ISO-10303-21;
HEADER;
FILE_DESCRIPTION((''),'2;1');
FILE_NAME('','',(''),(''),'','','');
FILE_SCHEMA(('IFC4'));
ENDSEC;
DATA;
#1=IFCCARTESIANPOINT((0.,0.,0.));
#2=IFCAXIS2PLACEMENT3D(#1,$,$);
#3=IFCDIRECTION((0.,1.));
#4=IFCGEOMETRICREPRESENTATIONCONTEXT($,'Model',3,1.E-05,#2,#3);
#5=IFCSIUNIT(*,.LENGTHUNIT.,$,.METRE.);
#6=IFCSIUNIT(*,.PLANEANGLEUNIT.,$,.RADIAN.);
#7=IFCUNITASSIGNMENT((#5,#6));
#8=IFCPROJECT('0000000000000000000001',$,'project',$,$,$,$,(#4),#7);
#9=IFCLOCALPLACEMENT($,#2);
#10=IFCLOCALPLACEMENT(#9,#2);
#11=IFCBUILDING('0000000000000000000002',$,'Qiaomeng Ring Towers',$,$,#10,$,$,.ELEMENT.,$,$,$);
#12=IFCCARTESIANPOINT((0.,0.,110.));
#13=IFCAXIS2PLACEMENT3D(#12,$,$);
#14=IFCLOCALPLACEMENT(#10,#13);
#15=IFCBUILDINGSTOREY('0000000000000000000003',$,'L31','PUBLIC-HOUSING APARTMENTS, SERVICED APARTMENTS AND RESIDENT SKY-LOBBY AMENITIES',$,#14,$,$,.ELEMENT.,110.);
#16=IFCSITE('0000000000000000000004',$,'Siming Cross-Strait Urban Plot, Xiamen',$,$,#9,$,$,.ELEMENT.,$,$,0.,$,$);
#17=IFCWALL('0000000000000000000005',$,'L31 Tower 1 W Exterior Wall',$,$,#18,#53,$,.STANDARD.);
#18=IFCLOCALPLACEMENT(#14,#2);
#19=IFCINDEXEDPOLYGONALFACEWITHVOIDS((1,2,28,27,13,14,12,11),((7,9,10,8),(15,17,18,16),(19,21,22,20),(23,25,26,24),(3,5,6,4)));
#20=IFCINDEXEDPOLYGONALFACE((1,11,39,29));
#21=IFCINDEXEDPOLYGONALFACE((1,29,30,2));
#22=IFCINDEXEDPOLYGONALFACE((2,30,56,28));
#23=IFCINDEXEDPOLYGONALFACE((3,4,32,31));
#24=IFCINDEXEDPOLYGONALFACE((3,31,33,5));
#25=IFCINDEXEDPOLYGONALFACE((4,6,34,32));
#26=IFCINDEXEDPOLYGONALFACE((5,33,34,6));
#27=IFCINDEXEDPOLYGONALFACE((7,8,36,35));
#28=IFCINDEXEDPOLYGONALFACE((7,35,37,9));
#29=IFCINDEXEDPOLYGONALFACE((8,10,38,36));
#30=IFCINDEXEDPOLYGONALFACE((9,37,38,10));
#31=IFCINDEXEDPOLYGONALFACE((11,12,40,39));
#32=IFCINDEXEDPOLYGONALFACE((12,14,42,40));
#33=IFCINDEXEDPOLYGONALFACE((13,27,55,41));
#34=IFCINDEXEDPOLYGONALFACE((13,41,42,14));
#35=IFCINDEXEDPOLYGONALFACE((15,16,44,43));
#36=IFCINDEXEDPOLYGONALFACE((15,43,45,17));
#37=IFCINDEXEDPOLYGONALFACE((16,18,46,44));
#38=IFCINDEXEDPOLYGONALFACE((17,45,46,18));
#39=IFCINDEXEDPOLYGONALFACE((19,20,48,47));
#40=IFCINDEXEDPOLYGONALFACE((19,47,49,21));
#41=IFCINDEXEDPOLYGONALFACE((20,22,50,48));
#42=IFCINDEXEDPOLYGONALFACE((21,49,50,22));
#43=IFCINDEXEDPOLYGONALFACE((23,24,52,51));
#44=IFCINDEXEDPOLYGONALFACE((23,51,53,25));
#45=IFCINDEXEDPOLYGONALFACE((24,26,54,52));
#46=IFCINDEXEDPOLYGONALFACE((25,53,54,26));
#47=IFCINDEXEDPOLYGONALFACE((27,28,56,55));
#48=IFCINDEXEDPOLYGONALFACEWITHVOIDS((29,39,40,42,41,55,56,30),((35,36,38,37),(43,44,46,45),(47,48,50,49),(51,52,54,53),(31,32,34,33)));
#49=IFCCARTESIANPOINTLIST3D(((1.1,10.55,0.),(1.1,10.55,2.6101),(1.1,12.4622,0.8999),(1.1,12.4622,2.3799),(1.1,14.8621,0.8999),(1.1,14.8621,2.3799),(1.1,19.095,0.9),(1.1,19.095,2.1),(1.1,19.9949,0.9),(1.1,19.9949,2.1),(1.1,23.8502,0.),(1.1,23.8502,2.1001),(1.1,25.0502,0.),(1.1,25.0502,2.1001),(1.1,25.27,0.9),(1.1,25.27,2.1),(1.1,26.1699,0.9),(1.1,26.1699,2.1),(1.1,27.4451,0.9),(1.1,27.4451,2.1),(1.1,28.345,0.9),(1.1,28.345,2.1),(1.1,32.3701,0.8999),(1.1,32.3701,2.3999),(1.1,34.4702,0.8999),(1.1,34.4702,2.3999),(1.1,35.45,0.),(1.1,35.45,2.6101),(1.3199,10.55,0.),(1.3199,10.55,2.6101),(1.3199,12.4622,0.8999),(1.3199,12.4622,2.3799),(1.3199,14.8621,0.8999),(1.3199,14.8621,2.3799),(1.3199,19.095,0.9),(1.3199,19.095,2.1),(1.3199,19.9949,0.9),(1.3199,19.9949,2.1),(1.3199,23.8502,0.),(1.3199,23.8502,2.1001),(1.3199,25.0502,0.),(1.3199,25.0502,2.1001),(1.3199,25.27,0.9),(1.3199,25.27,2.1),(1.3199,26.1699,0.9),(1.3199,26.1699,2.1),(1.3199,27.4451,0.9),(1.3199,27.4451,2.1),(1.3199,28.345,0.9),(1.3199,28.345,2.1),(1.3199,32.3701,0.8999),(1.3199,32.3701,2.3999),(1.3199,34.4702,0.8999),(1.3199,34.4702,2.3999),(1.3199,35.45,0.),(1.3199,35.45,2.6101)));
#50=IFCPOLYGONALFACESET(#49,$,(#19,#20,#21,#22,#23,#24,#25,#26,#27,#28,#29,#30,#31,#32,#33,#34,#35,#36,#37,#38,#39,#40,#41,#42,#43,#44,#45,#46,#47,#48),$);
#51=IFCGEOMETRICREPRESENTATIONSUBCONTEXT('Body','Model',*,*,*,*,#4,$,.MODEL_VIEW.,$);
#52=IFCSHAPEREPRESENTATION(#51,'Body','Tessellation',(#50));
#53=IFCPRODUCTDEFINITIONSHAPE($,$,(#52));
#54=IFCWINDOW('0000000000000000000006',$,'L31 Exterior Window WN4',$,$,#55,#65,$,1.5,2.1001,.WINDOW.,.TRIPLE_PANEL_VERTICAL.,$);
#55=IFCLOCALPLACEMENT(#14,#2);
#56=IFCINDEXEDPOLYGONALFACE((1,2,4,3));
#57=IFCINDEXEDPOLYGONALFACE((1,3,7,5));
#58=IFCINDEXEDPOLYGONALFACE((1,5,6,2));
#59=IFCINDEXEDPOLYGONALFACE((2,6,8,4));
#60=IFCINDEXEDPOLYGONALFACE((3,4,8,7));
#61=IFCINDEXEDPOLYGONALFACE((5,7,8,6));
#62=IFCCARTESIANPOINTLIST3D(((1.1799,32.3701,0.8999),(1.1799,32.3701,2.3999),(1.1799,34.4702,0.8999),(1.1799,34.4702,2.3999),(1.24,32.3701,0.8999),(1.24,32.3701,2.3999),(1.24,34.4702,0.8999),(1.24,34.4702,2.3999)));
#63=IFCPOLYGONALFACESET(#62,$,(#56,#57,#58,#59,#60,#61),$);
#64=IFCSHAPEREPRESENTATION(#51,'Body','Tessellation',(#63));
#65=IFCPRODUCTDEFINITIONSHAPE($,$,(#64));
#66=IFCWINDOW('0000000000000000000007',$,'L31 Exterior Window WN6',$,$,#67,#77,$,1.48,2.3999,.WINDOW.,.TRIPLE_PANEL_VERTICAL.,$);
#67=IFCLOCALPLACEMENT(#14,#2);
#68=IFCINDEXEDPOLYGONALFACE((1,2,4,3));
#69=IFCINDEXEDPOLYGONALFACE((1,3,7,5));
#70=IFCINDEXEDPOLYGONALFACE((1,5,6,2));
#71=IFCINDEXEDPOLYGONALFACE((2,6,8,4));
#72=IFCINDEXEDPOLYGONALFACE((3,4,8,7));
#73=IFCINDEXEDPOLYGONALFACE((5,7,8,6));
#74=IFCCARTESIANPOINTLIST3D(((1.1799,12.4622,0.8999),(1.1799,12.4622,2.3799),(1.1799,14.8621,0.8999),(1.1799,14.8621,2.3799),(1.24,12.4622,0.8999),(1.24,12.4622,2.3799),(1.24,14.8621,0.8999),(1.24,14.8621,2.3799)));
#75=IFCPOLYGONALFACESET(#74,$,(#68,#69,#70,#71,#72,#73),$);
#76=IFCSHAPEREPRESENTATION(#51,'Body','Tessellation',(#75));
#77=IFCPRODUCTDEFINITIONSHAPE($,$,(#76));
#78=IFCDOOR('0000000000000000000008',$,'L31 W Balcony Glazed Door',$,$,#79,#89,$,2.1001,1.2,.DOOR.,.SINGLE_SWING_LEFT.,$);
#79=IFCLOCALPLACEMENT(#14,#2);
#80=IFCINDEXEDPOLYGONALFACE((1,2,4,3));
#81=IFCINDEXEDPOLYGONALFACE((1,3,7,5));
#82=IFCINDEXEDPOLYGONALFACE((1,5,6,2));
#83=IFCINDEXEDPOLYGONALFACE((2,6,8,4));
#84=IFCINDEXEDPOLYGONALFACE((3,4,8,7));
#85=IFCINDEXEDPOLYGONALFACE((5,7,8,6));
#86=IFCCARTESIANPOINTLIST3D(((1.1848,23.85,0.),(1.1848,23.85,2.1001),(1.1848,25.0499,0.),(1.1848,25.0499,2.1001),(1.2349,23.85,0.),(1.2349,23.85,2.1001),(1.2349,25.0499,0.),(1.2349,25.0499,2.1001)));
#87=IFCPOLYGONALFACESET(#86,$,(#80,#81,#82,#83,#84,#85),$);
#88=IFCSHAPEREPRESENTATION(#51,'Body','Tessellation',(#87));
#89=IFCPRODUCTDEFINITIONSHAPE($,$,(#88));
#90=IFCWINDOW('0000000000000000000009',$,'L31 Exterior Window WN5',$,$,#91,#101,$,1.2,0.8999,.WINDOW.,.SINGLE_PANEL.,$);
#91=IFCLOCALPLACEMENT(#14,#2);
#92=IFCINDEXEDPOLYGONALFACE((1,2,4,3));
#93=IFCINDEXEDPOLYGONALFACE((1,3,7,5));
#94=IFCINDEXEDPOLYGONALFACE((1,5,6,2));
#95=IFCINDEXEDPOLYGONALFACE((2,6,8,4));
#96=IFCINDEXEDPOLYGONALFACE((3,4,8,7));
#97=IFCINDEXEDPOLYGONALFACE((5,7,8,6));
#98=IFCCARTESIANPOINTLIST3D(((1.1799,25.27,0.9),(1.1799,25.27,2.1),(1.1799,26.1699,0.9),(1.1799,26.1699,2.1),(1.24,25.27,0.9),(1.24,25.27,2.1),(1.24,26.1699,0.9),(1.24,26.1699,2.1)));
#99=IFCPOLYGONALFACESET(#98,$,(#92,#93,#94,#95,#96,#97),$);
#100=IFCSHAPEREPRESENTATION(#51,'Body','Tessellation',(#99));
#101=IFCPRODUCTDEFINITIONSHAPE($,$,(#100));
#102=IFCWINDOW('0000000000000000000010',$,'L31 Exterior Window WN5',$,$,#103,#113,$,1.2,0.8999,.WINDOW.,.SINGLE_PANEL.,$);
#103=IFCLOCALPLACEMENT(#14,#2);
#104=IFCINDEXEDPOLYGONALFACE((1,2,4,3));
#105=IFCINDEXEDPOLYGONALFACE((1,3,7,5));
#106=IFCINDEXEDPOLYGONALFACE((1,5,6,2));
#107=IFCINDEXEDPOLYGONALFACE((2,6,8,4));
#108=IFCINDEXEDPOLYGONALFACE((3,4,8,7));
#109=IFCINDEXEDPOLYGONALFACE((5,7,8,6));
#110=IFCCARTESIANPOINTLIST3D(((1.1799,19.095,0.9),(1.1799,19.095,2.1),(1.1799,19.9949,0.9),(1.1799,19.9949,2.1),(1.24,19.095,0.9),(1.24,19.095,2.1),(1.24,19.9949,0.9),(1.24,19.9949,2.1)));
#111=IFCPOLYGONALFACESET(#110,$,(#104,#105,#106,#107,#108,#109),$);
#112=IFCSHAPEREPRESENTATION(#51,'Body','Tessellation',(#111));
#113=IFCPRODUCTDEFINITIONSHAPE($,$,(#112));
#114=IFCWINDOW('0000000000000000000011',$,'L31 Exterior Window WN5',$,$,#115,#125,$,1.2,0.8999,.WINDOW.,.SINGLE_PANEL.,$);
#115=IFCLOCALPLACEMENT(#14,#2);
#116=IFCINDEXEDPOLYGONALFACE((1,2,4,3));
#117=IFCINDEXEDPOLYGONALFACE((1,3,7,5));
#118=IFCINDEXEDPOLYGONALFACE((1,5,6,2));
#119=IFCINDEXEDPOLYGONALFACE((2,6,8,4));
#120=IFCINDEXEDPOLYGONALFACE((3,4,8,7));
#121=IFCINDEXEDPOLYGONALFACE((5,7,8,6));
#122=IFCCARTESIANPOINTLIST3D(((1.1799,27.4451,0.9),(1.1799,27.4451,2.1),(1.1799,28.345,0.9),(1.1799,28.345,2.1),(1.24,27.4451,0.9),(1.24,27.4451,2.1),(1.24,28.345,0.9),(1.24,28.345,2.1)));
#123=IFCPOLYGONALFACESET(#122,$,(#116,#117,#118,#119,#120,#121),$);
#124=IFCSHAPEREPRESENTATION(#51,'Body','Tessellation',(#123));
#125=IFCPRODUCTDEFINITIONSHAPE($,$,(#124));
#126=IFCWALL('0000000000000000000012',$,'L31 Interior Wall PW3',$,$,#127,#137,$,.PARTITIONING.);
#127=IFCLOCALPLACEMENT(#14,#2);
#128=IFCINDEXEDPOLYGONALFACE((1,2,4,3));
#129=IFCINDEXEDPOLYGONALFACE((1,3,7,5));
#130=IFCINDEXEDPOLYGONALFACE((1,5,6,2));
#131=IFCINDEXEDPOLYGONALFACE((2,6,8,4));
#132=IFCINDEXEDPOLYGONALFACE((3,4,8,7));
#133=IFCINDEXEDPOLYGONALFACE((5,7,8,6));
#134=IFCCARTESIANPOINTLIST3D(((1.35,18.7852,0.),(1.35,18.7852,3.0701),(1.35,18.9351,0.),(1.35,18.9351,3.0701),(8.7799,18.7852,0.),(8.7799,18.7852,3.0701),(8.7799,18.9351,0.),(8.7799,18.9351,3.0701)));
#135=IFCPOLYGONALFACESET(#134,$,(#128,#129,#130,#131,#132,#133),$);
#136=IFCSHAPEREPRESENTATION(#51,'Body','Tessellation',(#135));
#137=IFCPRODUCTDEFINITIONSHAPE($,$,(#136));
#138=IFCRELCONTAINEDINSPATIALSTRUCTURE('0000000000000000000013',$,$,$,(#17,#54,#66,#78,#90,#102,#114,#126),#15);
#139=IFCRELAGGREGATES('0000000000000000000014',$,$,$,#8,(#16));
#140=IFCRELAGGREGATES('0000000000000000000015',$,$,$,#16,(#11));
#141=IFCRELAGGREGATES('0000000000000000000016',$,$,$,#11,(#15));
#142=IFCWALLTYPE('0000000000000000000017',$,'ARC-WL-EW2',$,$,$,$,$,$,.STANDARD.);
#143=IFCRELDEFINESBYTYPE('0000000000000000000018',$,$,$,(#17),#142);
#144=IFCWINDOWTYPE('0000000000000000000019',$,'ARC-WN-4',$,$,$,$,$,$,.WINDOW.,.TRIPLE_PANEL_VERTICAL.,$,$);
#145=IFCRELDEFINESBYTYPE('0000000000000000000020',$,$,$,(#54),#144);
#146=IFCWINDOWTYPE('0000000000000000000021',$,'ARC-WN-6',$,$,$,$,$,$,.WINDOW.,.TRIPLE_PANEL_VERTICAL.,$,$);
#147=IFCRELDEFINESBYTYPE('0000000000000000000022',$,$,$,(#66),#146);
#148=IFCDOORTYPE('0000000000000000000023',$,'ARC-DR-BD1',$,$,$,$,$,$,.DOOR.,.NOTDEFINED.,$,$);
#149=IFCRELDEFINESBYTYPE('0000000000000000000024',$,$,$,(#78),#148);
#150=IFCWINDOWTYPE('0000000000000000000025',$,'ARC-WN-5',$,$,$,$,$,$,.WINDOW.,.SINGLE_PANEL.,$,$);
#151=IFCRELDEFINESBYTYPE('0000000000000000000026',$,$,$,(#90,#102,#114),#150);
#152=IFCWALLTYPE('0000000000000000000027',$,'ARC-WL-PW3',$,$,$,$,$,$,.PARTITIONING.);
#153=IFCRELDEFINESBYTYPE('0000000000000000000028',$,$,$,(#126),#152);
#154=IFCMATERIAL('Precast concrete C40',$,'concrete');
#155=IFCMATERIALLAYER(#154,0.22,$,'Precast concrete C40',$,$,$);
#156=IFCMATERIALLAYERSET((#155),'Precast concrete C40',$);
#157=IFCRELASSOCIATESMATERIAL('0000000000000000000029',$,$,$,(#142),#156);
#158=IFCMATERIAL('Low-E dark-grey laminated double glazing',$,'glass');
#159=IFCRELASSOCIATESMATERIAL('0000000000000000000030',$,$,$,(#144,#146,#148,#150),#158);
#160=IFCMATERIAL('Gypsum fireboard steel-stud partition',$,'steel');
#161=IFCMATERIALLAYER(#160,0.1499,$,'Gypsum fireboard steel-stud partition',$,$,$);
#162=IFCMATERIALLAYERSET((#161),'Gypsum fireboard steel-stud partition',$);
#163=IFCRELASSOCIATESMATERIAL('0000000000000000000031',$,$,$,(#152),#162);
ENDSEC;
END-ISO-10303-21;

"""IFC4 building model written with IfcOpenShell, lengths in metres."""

from ifc_helpers import new_model, si_unit, direction, frame, frame_2d, origin, place, context, subcontext, project, spatial, rectangle, extrude, source, transform, mapped, material, layer, layer_set, type_object, element, fill, save


model = new_model("IFC4")

# Units and contexts
model_context = context("Model", 3, precision=1e-05, world=origin(), true_north=direction((0.0, 1.0)))
body_context = subcontext(model_context, "Body", "Model", "MODEL_VIEW")
ifc_project = project(units=[si_unit("LENGTHUNIT", "METRE"), si_unit("PLANEANGLEUNIT", "RADIAN")], contexts=[model_context])

# Site, building, storey
site_placement = place(None, origin())
site = spatial("IfcSite", under=ifc_project, at=site_placement, Name="Siming Cross-Strait Urban Plot, Xiamen", CompositionType="ELEMENT", RefElevation=0.0)
building_placement = place(site_placement, origin())
building = spatial("IfcBuilding", under=site, at=building_placement, Name="Qiaomeng Ring Towers", CompositionType="ELEMENT")
storey_placement = place(building_placement, frame((0.0, 0.0, 110.0)))
storey = spatial("IfcBuildingStorey", under=building, at=storey_placement, Name="L31", Description="PUBLIC-HOUSING APARTMENTS, SERVICED APARTMENTS AND RESIDENT SKY-LOBBY AMENITIES", CompositionType="ELEMENT", Elevation=110.0)

# Wall, openings, windows, door
ifc_material_1 = material(Name="Precast concrete C40", Category="concrete")
ifc_layer_1 = layer(ifc_material_1, 0.22, Name="Precast concrete C40")
ifc_layer_set_1 = layer_set([ifc_layer_1], Name="Precast concrete C40")
wall_type_1 = type_object("IfcWallType", Name="ARC-WL-EW2", PredefinedType="STANDARD", material=ifc_layer_set_1)
wall_1_placement = place(storey_placement, frame((1.21, 10.55, 0.0), z_axis=(0.0, 0.0, 1.0), x_axis=(0.0, 1.0, 0.0)))
wall_1 = element("IfcWall", 1, at=wall_1_placement, inside=storey, type_object=wall_type_1, Name="L31 Tower 1 W Exterior Wall", PredefinedType="STANDARD", context=body_context, shape_type="SweptSolid", body=[
    extrude(rectangle(XDim=24.8999, YDim=0.22, at=frame_2d((12.45, 0.0))), origin(), (0.0, 0.0, 1.0), 2.6101),
])
opening_1_placement = place(wall_1_placement, frame((13.3, 0.0, 0.0)))
opening_1 = element("IfcOpeningElement", 2, at=opening_1_placement, cuts=wall_1, PredefinedType="OPENING", context=body_context, shape_type="SweptSolid", body=[
    extrude(rectangle(XDim=1.2, YDim=2.1001, at=frame_2d((0.6001, 1.05))), frame((0.0, 0.1199, 0.0), z_axis=(0.0, -1.0, 0.0), x_axis=(1.0, 0.0, 0.0)), (0.0, 0.0, 1.0), 0.24),
])
opening_2_placement = place(wall_1_placement, frame((1.9121, 0.0, 0.8999)))
opening_2 = element("IfcOpeningElement", 3, at=opening_2_placement, cuts=wall_1, PredefinedType="OPENING", context=body_context, shape_type="SweptSolid", body=[
    extrude(rectangle(XDim=2.3999, YDim=1.48, at=frame_2d((1.2, 0.74))), frame((0.0, 0.1199, 0.0), z_axis=(0.0, -1.0, 0.0), x_axis=(1.0, 0.0, 0.0)), (0.0, 0.0, 1.0), 0.24),
])
opening_3_placement = place(wall_1_placement, frame((21.8201, 0.0, 0.8999)))
opening_3 = element("IfcOpeningElement", 4, at=opening_3_placement, cuts=wall_1, PredefinedType="OPENING", context=body_context, shape_type="SweptSolid", body=[
    extrude(rectangle(XDim=2.1001, YDim=1.5, at=frame_2d((1.05, 0.75))), frame((0.0, 0.1199, 0.0), z_axis=(0.0, -1.0, 0.0), x_axis=(1.0, 0.0, 0.0)), (0.0, 0.0, 1.0), 0.24),
])
opening_4_placement = place(wall_1_placement, frame((14.72, 0.0, 0.8999)))
opening_4 = element("IfcOpeningElement", 5, at=opening_4_placement, cuts=wall_1, PredefinedType="OPENING", context=body_context, shape_type="SweptSolid", body=[
    extrude(rectangle(XDim=0.8999, YDim=1.2, at=frame_2d((0.45, 0.6001))), frame((0.0, 0.1199, 0.0), z_axis=(0.0, -1.0, 0.0), x_axis=(1.0, 0.0, 0.0)), (0.0, 0.0, 1.0), 0.24),
])
opening_5_placement = place(wall_1_placement, frame((8.5449, 0.0, 0.8999)))
opening_5 = element("IfcOpeningElement", 6, at=opening_5_placement, cuts=wall_1, PredefinedType="OPENING", context=body_context, shape_type="SweptSolid", body=[
    extrude(rectangle(XDim=0.8999, YDim=1.2, at=frame_2d((0.45, 0.6001))), frame((0.0, 0.1199, 0.0), z_axis=(0.0, -1.0, 0.0), x_axis=(1.0, 0.0, 0.0)), (0.0, 0.0, 1.0), 0.24),
])
opening_6_placement = place(wall_1_placement, frame((16.895, 0.0, 0.8999)))
opening_6 = element("IfcOpeningElement", 7, at=opening_6_placement, cuts=wall_1, PredefinedType="OPENING", context=body_context, shape_type="SweptSolid", body=[
    extrude(rectangle(XDim=0.8999, YDim=1.2, at=frame_2d((0.45, 0.6001))), frame((0.0, 0.1199, 0.0), z_axis=(0.0, -1.0, 0.0), x_axis=(1.0, 0.0, 0.0)), (0.0, 0.0, 1.0), 0.24),
])
ifc_material_2 = material(Name="Low-E dark-grey laminated double glazing", Category="glass")
window_type_1 = type_object("IfcWindowType", Name="ARC-WN-4", PartitioningType="TRIPLE_PANEL_VERTICAL", PredefinedType="WINDOW", material=ifc_material_2)
shared_shape_1 = source(origin(), body_context, "Body", "SweptSolid", [
    extrude(rectangle(XDim=2.1001, YDim=1.5, at=frame_2d((1.05, 0.75))), frame((0.0, 0.03, 0.0), z_axis=(0.0, -1.0, 0.0), x_axis=(1.0, 0.0, 0.0)), (0.0, 0.0, 1.0), 0.0601),
])
window_1_placement = place(opening_3_placement, origin())
window_1 = element("IfcWindow", 8, at=window_1_placement, inside=storey, type_object=window_type_1, Name="L31 Exterior Window WN4", OverallHeight=1.5, OverallWidth=2.1001, PartitioningType="TRIPLE_PANEL_VERTICAL", PredefinedType="WINDOW", context=body_context, shape_type="MappedRepresentation", body=[
    mapped(shared_shape_1, transform((0.0, 0.0, 0.0), x_axis=(1.0, 0.0, 0.0), y_axis=(0.0, 1.0, 0.0), z_axis=(0.0, 0.0, 1.0), scale=1.0)),
])
fill(opening_3, window_1)
window_type_2 = type_object("IfcWindowType", Name="ARC-WN-6", PartitioningType="TRIPLE_PANEL_VERTICAL", PredefinedType="WINDOW", material=ifc_material_2)
shared_shape_2 = source(origin(), body_context, "Body", "SweptSolid", [
    extrude(rectangle(XDim=2.3999, YDim=1.48, at=frame_2d((1.2, 0.74))), frame((0.0, 0.03, 0.0), z_axis=(0.0, -1.0, 0.0), x_axis=(1.0, 0.0, 0.0)), (0.0, 0.0, 1.0), 0.0601),
])
window_2_placement = place(opening_2_placement, origin())
window_2 = element("IfcWindow", 9, at=window_2_placement, inside=storey, type_object=window_type_2, Name="L31 Exterior Window WN6", OverallHeight=1.48, OverallWidth=2.3999, PartitioningType="TRIPLE_PANEL_VERTICAL", PredefinedType="WINDOW", context=body_context, shape_type="MappedRepresentation", body=[
    mapped(shared_shape_2, transform((0.0, 0.0, 0.0), x_axis=(1.0, 0.0, 0.0), y_axis=(0.0, 1.0, 0.0), z_axis=(0.0, 0.0, 1.0), scale=1.0)),
])
fill(opening_2, window_2)
door_type = type_object("IfcDoorType", Name="ARC-DR-BD1", OperationType="NOTDEFINED", PredefinedType="DOOR", material=ifc_material_2)
shared_shape_3 = source(origin(), body_context, "Body", "SweptSolid", [
    extrude(rectangle(XDim=1.2, YDim=2.1001, at=frame_2d((0.6001, 1.05))), frame((0.0, 0.0249, 0.0), z_axis=(0.0, -1.0, 0.0), x_axis=(1.0, 0.0, 0.0)), (0.0, 0.0, 1.0), 0.05),
])
door_placement = place(opening_1_placement, frame((1.2, 0.0, 0.0), z_axis=(0.0, 0.0, 1.0), x_axis=(-1.0, 0.0, 0.0)))
door = element("IfcDoor", 10, at=door_placement, inside=storey, type_object=door_type, Name="L31 W Balcony Glazed Door", OperationType="SINGLE_SWING_LEFT", OverallHeight=2.1001, OverallWidth=1.2, PredefinedType="DOOR", context=body_context, shape_type="MappedRepresentation", body=[
    mapped(shared_shape_3, transform((0.0, 0.0, 0.0), x_axis=(1.0, 0.0, 0.0), y_axis=(0.0, 1.0, 0.0), z_axis=(0.0, 0.0, 1.0), scale=1.0)),
])
fill(opening_1, door)
window_type_3 = type_object("IfcWindowType", Name="ARC-WN-5", PartitioningType="SINGLE_PANEL", PredefinedType="WINDOW", material=ifc_material_2)
shared_shape_4 = source(origin(), body_context, "Body", "SweptSolid", [
    extrude(rectangle(XDim=0.8999, YDim=1.2, at=frame_2d((0.45, 0.6001))), frame((0.0, 0.03, 0.0), z_axis=(0.0, -1.0, 0.0), x_axis=(1.0, 0.0, 0.0)), (0.0, 0.0, 1.0), 0.0601),
])
window_3_placement = place(opening_4_placement, origin())
window_3 = element("IfcWindow", 11, at=window_3_placement, inside=storey, type_object=window_type_3, Name="L31 Exterior Window WN5", OverallHeight=1.2, OverallWidth=0.8999, PartitioningType="SINGLE_PANEL", PredefinedType="WINDOW", context=body_context, shape_type="MappedRepresentation", body=[
    mapped(shared_shape_4, transform((0.0, 0.0, 0.0), x_axis=(1.0, 0.0, 0.0), y_axis=(0.0, 1.0, 0.0), z_axis=(0.0, 0.0, 1.0), scale=1.0)),
])
fill(opening_4, window_3)
window_4_placement = place(opening_5_placement, origin())
window_4 = element("IfcWindow", 12, at=window_4_placement, inside=storey, type_object=window_type_3, Name="L31 Exterior Window WN5", OverallHeight=1.2, OverallWidth=0.8999, PartitioningType="SINGLE_PANEL", PredefinedType="WINDOW", context=body_context, shape_type="MappedRepresentation", body=[
    mapped(shared_shape_4, transform((0.0, 0.0, 0.0), x_axis=(1.0, 0.0, 0.0), y_axis=(0.0, 1.0, 0.0), z_axis=(0.0, 0.0, 1.0), scale=1.0)),
])
fill(opening_5, window_4)
window_5_placement = place(opening_6_placement, origin())
window_5 = element("IfcWindow", 13, at=window_5_placement, inside=storey, type_object=window_type_3, Name="L31 Exterior Window WN5", OverallHeight=1.2, OverallWidth=0.8999, PartitioningType="SINGLE_PANEL", PredefinedType="WINDOW", context=body_context, shape_type="MappedRepresentation", body=[
    mapped(shared_shape_4, transform((0.0, 0.0, 0.0), x_axis=(1.0, 0.0, 0.0), y_axis=(0.0, 1.0, 0.0), z_axis=(0.0, 0.0, 1.0), scale=1.0)),
])
fill(opening_6, window_5)

# Wall
ifc_material_3 = material(Name="Gypsum fireboard steel-stud partition", Category="steel")
ifc_layer_2 = layer(ifc_material_3, 0.1499, Name="Gypsum fireboard steel-stud partition")
ifc_layer_set_2 = layer_set([ifc_layer_2], Name="Gypsum fireboard steel-stud partition")
wall_type_2 = type_object("IfcWallType", Name="ARC-WL-PW3", PredefinedType="PARTITIONING", material=ifc_layer_set_2)
wall_2_placement = place(storey_placement, frame((1.3501, 18.8601, 0.0), z_axis=(0.0, 0.0, 1.0), x_axis=(1.0, 0.0, 0.0)))
element("IfcWall", 14, at=wall_2_placement, inside=storey, type_object=wall_type_2, Name="L31 Interior Wall PW3", PredefinedType="PARTITIONING", context=body_context, shape_type="SweptSolid", body=[
    extrude(rectangle(XDim=7.4299, YDim=0.1499, at=frame_2d((3.7148, 0.0))), origin(), (0.0, 0.0, 1.0), 3.0701),
])

save(model, "model.ifc")
